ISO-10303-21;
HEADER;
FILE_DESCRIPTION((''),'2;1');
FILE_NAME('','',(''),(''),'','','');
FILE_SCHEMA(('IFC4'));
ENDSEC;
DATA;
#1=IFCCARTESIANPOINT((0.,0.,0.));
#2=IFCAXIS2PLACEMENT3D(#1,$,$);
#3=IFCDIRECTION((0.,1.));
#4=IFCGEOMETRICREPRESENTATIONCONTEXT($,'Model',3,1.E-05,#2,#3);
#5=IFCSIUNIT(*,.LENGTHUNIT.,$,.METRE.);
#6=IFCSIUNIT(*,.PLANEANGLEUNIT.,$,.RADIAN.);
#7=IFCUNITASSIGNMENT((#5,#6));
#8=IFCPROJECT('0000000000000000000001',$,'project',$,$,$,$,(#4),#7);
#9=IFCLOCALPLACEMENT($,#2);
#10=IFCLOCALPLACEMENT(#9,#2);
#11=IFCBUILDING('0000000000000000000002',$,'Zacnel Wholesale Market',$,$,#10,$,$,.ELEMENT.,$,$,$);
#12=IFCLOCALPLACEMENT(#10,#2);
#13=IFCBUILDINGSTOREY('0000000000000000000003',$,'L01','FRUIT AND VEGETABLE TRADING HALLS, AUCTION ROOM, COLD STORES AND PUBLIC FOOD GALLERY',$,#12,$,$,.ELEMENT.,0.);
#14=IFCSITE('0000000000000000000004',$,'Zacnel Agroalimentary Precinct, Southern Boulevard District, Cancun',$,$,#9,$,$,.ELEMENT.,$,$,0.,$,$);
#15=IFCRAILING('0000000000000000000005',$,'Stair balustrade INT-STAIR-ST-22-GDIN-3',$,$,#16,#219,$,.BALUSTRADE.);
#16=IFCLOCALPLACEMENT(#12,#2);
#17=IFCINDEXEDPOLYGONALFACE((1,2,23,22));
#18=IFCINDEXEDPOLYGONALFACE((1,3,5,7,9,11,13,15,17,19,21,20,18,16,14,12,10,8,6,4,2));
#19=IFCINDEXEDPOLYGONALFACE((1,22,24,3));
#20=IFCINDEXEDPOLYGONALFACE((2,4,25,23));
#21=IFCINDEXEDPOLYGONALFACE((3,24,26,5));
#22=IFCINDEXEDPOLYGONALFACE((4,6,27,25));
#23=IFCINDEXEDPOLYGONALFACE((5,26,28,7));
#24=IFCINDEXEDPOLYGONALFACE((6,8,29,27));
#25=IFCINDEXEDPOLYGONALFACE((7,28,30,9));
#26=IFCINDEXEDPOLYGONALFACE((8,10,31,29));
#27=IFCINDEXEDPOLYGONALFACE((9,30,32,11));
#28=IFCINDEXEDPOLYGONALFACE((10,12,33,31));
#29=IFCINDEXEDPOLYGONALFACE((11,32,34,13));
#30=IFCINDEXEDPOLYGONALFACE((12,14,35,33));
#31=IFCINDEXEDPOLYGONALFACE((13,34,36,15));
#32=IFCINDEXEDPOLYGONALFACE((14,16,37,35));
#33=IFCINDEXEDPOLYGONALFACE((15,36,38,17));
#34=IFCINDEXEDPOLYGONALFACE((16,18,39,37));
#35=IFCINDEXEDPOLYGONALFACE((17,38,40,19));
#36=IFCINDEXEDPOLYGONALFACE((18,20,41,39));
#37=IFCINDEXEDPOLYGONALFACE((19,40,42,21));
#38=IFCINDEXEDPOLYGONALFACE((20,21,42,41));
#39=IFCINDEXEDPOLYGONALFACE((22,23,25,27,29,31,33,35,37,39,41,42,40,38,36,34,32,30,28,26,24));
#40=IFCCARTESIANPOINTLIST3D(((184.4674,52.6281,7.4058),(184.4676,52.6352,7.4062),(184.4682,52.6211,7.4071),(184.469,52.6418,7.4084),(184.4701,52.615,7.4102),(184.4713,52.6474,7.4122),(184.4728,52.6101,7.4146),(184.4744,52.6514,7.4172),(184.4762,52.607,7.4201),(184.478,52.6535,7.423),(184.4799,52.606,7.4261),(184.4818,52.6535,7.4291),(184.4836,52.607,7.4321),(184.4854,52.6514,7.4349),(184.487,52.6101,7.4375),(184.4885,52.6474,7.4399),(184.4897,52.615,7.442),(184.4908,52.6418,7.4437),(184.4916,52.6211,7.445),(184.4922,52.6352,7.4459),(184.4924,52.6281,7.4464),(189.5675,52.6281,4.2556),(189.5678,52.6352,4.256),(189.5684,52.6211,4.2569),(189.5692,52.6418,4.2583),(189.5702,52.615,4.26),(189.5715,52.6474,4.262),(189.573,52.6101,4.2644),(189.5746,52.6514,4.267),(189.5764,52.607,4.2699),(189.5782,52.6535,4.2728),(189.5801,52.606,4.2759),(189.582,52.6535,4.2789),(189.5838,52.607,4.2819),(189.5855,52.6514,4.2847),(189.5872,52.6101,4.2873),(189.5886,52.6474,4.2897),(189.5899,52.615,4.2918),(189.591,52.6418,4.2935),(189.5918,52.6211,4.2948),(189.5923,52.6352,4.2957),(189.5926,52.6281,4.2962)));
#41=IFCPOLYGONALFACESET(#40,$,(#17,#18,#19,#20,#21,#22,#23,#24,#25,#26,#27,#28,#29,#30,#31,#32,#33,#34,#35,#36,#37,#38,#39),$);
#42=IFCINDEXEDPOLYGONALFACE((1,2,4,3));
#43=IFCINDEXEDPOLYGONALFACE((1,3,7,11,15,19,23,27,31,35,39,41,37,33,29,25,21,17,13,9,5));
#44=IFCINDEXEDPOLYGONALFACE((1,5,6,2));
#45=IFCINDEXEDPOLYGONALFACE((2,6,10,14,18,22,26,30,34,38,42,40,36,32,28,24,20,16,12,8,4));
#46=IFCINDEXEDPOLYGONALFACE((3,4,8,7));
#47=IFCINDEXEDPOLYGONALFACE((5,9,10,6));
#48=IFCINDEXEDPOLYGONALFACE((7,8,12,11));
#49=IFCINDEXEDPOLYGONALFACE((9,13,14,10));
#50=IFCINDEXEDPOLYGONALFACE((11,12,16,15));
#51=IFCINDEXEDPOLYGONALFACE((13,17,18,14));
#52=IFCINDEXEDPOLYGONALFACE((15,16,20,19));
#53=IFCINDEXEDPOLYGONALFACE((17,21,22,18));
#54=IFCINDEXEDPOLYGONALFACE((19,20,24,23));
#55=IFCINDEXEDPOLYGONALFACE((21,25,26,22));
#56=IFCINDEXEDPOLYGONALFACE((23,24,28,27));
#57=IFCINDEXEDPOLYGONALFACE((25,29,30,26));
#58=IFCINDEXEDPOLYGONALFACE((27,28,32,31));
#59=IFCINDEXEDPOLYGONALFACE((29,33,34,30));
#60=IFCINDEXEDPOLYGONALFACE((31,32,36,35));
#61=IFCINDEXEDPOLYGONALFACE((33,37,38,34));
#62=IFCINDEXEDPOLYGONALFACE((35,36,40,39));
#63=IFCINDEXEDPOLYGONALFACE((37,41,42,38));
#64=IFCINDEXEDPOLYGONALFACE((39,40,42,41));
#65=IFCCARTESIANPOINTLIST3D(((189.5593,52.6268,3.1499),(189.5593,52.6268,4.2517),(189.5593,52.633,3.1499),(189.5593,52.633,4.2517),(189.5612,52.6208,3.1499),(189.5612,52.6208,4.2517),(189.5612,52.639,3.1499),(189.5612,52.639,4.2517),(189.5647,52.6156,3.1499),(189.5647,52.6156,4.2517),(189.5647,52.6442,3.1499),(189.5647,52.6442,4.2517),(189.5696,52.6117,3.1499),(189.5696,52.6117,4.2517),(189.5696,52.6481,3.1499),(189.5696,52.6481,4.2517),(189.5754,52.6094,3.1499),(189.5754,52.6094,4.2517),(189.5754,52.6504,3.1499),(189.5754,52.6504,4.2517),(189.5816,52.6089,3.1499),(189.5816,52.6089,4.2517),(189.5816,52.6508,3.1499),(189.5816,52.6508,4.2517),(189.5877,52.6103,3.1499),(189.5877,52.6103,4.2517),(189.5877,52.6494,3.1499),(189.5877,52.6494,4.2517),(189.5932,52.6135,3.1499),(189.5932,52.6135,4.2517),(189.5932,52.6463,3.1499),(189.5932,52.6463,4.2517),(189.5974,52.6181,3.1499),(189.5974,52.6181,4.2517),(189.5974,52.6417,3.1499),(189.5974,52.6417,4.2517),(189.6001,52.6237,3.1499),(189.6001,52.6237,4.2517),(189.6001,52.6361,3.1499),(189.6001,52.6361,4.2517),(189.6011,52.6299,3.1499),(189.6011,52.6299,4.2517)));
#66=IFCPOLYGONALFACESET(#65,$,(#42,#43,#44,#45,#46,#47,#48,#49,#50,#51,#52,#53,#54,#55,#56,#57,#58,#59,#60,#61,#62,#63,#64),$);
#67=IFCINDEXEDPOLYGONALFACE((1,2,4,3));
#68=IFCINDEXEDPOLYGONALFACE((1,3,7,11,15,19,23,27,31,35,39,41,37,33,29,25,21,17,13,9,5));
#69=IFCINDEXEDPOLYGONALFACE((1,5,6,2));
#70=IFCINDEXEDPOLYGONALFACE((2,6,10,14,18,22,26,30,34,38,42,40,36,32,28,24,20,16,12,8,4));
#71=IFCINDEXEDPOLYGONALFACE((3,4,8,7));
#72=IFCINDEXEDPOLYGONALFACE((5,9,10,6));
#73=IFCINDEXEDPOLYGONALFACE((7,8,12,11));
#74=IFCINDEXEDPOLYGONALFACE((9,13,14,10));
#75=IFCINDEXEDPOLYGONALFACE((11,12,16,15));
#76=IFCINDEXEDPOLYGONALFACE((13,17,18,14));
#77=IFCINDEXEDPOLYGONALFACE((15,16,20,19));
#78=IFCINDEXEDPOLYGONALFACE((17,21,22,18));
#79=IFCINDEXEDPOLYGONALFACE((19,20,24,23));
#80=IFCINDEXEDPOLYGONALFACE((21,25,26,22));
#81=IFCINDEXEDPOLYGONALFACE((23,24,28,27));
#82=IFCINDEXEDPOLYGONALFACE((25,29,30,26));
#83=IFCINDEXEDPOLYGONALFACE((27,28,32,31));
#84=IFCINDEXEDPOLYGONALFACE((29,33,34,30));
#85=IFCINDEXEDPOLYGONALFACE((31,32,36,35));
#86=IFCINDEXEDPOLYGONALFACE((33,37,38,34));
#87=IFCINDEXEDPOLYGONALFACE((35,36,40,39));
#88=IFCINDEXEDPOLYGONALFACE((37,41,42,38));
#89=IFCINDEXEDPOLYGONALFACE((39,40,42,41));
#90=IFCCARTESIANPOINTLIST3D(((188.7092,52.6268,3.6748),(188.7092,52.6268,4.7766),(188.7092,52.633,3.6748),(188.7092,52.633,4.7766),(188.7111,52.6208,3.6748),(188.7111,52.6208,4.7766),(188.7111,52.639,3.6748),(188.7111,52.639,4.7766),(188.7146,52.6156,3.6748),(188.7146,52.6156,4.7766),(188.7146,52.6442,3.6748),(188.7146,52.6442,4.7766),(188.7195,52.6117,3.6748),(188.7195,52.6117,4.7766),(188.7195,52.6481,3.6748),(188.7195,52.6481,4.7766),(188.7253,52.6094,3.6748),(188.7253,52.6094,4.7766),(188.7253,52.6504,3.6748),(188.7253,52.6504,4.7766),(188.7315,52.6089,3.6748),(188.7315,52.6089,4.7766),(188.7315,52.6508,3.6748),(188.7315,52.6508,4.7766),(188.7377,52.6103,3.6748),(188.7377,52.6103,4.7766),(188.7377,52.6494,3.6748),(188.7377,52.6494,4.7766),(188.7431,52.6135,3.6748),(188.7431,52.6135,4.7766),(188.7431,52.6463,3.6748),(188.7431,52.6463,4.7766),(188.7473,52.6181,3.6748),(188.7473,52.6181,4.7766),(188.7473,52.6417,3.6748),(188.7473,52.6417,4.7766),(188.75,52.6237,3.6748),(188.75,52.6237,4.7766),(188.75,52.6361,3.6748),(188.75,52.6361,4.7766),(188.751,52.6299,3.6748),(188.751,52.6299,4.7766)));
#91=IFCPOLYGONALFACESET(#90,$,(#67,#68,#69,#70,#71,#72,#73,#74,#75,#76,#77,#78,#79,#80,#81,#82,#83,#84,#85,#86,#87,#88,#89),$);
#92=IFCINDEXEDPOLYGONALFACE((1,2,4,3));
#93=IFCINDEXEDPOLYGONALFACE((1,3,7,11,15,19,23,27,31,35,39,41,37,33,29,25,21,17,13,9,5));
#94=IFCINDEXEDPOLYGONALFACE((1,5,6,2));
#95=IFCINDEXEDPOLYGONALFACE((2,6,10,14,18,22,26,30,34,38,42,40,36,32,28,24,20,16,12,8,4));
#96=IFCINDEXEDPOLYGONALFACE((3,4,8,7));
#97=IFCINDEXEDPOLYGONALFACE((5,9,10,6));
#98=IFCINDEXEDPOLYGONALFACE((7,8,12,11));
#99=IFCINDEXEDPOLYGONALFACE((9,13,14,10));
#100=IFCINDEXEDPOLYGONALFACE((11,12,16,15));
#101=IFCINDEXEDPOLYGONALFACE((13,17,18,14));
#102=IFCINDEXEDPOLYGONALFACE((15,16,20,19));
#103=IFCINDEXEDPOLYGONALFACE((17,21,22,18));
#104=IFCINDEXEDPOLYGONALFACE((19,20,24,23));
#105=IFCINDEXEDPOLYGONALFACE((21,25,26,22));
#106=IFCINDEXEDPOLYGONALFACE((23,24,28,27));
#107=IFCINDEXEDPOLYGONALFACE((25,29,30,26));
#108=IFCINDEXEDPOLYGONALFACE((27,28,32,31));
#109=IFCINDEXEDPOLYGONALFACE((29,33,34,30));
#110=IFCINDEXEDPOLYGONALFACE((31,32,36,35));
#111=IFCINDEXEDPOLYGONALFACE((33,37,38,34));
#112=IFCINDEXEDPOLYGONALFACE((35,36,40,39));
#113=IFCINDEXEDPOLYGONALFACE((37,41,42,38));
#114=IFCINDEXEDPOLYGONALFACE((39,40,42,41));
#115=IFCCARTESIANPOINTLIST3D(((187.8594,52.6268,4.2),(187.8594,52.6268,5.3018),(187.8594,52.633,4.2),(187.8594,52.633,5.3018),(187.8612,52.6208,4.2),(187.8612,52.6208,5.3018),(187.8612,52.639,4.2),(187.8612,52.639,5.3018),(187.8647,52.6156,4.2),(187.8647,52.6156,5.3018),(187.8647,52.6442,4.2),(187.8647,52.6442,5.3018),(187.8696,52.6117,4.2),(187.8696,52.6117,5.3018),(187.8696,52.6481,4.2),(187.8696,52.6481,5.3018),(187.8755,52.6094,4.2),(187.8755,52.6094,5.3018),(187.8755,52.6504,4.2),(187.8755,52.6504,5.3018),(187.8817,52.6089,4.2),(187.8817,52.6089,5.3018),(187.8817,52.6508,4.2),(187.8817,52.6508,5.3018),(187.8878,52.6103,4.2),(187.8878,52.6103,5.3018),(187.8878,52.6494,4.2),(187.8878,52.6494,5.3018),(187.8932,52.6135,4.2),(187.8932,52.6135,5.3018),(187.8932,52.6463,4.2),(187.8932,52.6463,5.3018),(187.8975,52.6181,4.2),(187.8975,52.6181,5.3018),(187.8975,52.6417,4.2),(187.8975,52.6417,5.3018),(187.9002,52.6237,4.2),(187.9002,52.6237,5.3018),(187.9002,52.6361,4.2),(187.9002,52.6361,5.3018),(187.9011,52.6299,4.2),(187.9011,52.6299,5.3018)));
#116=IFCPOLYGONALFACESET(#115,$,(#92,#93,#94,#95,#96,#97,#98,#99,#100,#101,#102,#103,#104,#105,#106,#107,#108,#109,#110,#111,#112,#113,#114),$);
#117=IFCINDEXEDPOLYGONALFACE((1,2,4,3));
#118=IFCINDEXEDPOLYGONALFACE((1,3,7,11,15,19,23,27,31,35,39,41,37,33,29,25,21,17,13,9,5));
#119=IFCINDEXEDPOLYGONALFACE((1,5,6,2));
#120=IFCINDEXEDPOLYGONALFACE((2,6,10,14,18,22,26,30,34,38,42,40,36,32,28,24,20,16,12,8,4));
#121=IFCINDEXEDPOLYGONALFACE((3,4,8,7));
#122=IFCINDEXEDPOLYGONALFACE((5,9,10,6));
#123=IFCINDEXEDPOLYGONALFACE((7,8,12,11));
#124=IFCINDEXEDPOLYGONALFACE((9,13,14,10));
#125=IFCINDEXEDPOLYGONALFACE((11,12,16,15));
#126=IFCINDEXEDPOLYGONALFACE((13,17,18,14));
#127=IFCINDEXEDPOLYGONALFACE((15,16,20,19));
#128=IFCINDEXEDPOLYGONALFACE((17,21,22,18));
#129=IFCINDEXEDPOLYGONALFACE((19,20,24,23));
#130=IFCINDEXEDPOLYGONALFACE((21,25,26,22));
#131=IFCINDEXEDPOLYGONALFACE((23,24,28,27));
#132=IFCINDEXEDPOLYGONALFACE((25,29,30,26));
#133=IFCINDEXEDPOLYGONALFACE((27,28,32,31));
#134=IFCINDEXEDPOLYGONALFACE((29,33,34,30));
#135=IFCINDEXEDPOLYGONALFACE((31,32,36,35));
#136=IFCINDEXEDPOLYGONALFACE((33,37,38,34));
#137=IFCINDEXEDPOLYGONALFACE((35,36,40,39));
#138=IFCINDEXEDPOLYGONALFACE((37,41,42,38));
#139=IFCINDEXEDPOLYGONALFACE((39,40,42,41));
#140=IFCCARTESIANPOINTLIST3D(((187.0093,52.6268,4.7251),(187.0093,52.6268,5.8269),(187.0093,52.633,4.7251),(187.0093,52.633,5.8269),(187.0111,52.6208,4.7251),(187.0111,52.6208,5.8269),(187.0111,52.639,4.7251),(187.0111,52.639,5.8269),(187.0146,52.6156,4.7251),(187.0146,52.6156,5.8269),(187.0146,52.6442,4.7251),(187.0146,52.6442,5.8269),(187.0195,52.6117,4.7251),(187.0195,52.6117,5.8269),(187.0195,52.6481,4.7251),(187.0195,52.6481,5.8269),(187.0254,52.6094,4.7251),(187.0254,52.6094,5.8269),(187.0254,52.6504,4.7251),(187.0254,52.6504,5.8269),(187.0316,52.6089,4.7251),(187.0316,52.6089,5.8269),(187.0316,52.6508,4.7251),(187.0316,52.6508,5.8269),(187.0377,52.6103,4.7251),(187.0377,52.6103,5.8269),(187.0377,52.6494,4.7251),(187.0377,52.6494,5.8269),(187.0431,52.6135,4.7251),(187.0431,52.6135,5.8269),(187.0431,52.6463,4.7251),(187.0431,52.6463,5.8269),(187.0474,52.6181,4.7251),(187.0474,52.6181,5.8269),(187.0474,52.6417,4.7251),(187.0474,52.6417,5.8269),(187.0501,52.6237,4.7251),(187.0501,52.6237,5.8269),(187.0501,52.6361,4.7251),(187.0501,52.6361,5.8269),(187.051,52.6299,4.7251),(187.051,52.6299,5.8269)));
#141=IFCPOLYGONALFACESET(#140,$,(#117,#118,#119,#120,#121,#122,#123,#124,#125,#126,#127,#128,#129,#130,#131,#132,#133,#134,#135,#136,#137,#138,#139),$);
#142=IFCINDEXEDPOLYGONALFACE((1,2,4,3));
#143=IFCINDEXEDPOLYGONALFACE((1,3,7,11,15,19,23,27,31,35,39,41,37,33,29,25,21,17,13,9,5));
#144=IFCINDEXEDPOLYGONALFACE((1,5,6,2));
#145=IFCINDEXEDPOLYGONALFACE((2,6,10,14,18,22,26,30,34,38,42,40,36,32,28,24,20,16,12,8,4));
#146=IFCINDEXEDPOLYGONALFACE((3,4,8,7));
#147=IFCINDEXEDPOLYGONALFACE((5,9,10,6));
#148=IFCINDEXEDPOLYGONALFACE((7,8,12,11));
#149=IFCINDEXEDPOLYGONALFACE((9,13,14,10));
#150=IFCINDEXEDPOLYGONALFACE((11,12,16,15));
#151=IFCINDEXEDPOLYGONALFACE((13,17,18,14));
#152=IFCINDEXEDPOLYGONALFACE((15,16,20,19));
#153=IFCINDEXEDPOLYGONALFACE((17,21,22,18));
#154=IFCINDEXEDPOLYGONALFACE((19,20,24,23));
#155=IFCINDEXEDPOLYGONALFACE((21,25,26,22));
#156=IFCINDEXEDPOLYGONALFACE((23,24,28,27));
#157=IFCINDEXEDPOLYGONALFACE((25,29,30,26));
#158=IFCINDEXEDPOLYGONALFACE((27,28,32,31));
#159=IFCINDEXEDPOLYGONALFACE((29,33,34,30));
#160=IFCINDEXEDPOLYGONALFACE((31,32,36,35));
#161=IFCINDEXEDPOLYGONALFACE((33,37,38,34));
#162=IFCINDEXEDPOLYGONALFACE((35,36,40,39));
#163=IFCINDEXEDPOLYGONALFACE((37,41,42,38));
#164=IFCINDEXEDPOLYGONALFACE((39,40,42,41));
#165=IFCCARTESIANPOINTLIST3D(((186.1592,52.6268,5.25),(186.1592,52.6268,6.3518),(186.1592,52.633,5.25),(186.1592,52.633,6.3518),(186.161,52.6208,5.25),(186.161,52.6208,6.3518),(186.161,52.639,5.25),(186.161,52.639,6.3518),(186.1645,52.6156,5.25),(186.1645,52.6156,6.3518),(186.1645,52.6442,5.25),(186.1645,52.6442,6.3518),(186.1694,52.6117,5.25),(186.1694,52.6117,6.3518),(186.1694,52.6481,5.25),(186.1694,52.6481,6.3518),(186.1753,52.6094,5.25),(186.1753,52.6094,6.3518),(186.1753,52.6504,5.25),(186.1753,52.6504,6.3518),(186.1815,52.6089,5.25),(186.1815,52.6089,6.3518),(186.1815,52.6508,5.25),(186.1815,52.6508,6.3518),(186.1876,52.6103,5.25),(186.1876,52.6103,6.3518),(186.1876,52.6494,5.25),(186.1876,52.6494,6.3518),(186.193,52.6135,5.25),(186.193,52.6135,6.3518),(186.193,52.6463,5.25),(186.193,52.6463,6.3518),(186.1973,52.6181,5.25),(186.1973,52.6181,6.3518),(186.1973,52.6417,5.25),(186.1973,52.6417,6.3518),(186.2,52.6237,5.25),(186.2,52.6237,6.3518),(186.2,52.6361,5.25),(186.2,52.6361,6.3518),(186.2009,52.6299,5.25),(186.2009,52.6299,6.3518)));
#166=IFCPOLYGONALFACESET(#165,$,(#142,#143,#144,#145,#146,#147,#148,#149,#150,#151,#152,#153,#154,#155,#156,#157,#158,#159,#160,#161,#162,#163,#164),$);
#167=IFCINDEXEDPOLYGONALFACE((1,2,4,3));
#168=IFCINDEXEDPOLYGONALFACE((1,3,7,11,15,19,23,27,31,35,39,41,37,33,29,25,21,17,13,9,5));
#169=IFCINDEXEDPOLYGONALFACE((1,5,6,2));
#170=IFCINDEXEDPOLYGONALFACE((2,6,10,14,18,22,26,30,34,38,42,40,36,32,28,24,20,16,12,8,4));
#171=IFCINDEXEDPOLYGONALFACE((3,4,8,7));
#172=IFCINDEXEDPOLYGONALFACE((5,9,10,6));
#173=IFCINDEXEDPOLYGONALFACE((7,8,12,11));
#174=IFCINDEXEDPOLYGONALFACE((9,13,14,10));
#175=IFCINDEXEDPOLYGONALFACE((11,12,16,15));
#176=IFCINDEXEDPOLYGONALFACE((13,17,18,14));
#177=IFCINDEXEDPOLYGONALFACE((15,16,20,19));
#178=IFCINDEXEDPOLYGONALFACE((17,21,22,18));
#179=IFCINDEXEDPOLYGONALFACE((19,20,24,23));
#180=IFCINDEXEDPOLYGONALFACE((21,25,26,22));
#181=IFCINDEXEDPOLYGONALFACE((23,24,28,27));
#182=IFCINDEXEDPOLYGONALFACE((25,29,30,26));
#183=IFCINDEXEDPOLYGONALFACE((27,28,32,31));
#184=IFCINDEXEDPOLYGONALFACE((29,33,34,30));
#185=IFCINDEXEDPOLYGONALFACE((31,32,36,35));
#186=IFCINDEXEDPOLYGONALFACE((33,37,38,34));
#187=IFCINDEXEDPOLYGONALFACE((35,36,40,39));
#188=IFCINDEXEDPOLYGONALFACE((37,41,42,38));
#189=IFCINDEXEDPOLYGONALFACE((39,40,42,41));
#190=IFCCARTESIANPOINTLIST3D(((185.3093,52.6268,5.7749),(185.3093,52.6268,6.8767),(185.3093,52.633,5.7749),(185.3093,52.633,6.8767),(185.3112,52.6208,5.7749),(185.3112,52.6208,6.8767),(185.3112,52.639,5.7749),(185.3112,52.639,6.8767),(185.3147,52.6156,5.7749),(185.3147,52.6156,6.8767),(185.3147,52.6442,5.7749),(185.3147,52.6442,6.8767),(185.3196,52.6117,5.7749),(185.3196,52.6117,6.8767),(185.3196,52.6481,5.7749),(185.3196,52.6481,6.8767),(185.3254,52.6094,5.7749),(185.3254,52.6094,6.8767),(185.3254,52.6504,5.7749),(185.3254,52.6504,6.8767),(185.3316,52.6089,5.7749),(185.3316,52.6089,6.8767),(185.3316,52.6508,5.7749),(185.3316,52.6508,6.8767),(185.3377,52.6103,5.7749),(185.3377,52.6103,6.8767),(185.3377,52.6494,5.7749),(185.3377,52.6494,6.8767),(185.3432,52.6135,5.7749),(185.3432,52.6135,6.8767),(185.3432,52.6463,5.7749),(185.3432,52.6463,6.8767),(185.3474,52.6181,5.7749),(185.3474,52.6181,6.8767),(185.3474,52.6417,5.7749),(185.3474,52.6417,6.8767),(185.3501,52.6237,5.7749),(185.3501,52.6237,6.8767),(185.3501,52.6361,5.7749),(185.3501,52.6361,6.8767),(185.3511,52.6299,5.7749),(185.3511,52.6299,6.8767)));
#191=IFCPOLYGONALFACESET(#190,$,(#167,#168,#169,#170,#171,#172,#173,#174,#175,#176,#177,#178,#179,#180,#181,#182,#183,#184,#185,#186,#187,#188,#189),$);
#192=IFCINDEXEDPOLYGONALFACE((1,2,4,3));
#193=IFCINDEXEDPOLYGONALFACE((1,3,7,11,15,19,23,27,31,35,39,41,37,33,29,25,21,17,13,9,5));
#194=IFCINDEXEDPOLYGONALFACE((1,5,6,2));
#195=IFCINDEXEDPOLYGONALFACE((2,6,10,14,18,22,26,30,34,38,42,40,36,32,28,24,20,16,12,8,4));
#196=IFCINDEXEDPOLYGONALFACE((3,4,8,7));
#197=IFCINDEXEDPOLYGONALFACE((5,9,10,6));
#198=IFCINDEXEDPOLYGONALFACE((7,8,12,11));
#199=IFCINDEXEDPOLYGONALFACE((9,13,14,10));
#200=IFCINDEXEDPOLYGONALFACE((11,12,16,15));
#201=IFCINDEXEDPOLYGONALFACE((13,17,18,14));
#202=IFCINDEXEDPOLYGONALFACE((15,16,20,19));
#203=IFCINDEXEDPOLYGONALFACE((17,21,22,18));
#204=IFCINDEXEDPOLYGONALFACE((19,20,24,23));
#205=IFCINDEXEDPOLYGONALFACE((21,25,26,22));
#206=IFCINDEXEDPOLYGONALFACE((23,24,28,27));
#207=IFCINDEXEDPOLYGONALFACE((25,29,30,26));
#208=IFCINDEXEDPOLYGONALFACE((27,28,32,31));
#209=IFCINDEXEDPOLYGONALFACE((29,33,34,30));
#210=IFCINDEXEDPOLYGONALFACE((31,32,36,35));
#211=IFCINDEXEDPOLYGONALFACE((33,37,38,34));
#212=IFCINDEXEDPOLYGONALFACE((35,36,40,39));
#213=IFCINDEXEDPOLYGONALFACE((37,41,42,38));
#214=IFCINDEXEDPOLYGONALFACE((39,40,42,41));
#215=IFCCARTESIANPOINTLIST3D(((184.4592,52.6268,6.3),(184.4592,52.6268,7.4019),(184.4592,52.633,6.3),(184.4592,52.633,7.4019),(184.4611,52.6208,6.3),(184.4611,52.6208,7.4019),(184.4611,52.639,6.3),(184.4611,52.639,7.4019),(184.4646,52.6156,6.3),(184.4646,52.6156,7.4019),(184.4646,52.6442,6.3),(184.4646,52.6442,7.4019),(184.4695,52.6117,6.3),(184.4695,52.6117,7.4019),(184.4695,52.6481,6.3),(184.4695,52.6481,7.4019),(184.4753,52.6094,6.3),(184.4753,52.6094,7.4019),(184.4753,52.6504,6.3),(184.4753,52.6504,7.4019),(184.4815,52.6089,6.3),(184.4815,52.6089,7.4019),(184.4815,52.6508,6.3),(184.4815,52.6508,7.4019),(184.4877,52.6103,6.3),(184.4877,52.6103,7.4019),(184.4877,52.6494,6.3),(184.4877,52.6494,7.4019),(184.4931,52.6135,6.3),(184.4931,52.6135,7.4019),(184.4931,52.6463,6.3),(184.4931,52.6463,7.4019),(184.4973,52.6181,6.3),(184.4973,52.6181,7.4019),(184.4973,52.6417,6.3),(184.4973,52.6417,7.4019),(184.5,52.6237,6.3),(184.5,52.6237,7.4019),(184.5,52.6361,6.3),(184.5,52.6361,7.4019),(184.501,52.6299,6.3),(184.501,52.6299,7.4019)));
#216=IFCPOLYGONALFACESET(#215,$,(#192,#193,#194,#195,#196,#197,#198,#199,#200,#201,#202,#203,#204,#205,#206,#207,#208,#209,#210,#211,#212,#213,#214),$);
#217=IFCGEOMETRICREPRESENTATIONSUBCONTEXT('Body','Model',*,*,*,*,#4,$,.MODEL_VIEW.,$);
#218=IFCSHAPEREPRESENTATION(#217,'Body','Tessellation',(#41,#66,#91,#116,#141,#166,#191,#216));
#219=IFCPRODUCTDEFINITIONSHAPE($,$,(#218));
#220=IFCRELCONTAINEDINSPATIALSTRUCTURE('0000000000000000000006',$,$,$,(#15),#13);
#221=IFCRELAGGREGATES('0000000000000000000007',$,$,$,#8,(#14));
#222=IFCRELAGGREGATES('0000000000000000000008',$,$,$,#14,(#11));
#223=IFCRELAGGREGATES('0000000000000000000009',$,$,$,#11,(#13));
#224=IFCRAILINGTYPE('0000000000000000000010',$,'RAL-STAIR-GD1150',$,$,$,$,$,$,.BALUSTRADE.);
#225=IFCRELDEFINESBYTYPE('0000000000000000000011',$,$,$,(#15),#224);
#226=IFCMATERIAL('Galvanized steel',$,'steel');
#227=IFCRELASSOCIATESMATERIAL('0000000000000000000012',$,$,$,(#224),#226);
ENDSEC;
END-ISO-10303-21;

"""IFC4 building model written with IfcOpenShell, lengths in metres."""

from ifc_helpers import new_model, si_unit, direction, frame, origin, origin_2d, place, context, subcontext, project, spatial, circle, extrude, material, type_object, element, save


model = new_model("IFC4")

# Units and contexts
model_context = context("Model", 3, precision=1e-05, world=origin(), true_north=direction((0.0, 1.0)))
body_context = subcontext(model_context, "Body", "Model", "MODEL_VIEW")
ifc_project = project(units=[si_unit("LENGTHUNIT", "METRE"), si_unit("PLANEANGLEUNIT", "RADIAN")], contexts=[model_context])

# Site, building, storey
site_placement = place(None, origin())
site = spatial("IfcSite", under=ifc_project, at=site_placement, Name="Zacnel Agroalimentary Precinct, Southern Boulevard District, Cancun", CompositionType="ELEMENT", RefElevation=0.0)
building_placement = place(site_placement, origin())
building = spatial("IfcBuilding", under=site, at=building_placement, Name="Zacnel Wholesale Market", CompositionType="ELEMENT")
storey_placement = place(building_placement, origin())
storey = spatial("IfcBuildingStorey", under=building, at=storey_placement, Name="L01", Description="FRUIT AND VEGETABLE TRADING HALLS, AUCTION ROOM, COLD STORES AND PUBLIC FOOD GALLERY", CompositionType="ELEMENT", Elevation=0.0)

# Railing
ifc_material_1 = material(Name="Galvanized steel", Category="steel")
railing_type_1 = type_object("IfcRailingType", Name="RAL-STAIR-GD1150", PredefinedType="BALUSTRADE", material=ifc_material_1)
railing_1_placement = place(storey_placement, frame((189.5801, 52.6299, 3.1499)))
element("IfcRailing", 1, at=railing_1_placement, inside=storey, type_object=railing_type_1, Name="Stair balustrade INT-STAIR-ST-22-GDIN-3", PredefinedType="BALUSTRADE", context=body_context, shape_type="SweptSolid", body=[
    extrude(circle(Radius=0.0239, at=origin_2d()), frame((0.0, 0.0, 1.126), z_axis=(-0.850792, 0.0, 0.525503), x_axis=(0.0, -1.0, 0.0)), (0.0, 0.0, 1.0), 5.9946),
    extrude(circle(Radius=0.021, at=origin_2d()), origin(), (0.0, 0.0, 1.0), 1.1018),
    extrude(circle(Radius=0.021, at=origin_2d()), frame((-0.8501, 0.0, 0.5249)), (0.0, 0.0, 1.0), 1.1018),
    extrude(circle(Radius=0.021, at=origin_2d()), frame((-1.7, 0.0, 1.05)), (0.0, 0.0, 1.0), 1.1018),
    extrude(circle(Radius=0.021, at=origin_2d()), frame((-2.55, 0.0, 1.5752)), (0.0, 0.0, 1.0), 1.1018),
    extrude(circle(Radius=0.021, at=origin_2d()), frame((-3.4001, 0.0, 2.1001)), (0.0, 0.0, 1.0), 1.1018),
    extrude(circle(Radius=0.021, at=origin_2d()), frame((-4.25, 0.0, 2.625)), (0.0, 0.0, 1.0), 1.1018),
    extrude(circle(Radius=0.021, at=origin_2d()), frame((-5.1001, 0.0, 3.1501)), (0.0, 0.0, 1.0), 1.1018),
])

save(model, "model.ifc")
